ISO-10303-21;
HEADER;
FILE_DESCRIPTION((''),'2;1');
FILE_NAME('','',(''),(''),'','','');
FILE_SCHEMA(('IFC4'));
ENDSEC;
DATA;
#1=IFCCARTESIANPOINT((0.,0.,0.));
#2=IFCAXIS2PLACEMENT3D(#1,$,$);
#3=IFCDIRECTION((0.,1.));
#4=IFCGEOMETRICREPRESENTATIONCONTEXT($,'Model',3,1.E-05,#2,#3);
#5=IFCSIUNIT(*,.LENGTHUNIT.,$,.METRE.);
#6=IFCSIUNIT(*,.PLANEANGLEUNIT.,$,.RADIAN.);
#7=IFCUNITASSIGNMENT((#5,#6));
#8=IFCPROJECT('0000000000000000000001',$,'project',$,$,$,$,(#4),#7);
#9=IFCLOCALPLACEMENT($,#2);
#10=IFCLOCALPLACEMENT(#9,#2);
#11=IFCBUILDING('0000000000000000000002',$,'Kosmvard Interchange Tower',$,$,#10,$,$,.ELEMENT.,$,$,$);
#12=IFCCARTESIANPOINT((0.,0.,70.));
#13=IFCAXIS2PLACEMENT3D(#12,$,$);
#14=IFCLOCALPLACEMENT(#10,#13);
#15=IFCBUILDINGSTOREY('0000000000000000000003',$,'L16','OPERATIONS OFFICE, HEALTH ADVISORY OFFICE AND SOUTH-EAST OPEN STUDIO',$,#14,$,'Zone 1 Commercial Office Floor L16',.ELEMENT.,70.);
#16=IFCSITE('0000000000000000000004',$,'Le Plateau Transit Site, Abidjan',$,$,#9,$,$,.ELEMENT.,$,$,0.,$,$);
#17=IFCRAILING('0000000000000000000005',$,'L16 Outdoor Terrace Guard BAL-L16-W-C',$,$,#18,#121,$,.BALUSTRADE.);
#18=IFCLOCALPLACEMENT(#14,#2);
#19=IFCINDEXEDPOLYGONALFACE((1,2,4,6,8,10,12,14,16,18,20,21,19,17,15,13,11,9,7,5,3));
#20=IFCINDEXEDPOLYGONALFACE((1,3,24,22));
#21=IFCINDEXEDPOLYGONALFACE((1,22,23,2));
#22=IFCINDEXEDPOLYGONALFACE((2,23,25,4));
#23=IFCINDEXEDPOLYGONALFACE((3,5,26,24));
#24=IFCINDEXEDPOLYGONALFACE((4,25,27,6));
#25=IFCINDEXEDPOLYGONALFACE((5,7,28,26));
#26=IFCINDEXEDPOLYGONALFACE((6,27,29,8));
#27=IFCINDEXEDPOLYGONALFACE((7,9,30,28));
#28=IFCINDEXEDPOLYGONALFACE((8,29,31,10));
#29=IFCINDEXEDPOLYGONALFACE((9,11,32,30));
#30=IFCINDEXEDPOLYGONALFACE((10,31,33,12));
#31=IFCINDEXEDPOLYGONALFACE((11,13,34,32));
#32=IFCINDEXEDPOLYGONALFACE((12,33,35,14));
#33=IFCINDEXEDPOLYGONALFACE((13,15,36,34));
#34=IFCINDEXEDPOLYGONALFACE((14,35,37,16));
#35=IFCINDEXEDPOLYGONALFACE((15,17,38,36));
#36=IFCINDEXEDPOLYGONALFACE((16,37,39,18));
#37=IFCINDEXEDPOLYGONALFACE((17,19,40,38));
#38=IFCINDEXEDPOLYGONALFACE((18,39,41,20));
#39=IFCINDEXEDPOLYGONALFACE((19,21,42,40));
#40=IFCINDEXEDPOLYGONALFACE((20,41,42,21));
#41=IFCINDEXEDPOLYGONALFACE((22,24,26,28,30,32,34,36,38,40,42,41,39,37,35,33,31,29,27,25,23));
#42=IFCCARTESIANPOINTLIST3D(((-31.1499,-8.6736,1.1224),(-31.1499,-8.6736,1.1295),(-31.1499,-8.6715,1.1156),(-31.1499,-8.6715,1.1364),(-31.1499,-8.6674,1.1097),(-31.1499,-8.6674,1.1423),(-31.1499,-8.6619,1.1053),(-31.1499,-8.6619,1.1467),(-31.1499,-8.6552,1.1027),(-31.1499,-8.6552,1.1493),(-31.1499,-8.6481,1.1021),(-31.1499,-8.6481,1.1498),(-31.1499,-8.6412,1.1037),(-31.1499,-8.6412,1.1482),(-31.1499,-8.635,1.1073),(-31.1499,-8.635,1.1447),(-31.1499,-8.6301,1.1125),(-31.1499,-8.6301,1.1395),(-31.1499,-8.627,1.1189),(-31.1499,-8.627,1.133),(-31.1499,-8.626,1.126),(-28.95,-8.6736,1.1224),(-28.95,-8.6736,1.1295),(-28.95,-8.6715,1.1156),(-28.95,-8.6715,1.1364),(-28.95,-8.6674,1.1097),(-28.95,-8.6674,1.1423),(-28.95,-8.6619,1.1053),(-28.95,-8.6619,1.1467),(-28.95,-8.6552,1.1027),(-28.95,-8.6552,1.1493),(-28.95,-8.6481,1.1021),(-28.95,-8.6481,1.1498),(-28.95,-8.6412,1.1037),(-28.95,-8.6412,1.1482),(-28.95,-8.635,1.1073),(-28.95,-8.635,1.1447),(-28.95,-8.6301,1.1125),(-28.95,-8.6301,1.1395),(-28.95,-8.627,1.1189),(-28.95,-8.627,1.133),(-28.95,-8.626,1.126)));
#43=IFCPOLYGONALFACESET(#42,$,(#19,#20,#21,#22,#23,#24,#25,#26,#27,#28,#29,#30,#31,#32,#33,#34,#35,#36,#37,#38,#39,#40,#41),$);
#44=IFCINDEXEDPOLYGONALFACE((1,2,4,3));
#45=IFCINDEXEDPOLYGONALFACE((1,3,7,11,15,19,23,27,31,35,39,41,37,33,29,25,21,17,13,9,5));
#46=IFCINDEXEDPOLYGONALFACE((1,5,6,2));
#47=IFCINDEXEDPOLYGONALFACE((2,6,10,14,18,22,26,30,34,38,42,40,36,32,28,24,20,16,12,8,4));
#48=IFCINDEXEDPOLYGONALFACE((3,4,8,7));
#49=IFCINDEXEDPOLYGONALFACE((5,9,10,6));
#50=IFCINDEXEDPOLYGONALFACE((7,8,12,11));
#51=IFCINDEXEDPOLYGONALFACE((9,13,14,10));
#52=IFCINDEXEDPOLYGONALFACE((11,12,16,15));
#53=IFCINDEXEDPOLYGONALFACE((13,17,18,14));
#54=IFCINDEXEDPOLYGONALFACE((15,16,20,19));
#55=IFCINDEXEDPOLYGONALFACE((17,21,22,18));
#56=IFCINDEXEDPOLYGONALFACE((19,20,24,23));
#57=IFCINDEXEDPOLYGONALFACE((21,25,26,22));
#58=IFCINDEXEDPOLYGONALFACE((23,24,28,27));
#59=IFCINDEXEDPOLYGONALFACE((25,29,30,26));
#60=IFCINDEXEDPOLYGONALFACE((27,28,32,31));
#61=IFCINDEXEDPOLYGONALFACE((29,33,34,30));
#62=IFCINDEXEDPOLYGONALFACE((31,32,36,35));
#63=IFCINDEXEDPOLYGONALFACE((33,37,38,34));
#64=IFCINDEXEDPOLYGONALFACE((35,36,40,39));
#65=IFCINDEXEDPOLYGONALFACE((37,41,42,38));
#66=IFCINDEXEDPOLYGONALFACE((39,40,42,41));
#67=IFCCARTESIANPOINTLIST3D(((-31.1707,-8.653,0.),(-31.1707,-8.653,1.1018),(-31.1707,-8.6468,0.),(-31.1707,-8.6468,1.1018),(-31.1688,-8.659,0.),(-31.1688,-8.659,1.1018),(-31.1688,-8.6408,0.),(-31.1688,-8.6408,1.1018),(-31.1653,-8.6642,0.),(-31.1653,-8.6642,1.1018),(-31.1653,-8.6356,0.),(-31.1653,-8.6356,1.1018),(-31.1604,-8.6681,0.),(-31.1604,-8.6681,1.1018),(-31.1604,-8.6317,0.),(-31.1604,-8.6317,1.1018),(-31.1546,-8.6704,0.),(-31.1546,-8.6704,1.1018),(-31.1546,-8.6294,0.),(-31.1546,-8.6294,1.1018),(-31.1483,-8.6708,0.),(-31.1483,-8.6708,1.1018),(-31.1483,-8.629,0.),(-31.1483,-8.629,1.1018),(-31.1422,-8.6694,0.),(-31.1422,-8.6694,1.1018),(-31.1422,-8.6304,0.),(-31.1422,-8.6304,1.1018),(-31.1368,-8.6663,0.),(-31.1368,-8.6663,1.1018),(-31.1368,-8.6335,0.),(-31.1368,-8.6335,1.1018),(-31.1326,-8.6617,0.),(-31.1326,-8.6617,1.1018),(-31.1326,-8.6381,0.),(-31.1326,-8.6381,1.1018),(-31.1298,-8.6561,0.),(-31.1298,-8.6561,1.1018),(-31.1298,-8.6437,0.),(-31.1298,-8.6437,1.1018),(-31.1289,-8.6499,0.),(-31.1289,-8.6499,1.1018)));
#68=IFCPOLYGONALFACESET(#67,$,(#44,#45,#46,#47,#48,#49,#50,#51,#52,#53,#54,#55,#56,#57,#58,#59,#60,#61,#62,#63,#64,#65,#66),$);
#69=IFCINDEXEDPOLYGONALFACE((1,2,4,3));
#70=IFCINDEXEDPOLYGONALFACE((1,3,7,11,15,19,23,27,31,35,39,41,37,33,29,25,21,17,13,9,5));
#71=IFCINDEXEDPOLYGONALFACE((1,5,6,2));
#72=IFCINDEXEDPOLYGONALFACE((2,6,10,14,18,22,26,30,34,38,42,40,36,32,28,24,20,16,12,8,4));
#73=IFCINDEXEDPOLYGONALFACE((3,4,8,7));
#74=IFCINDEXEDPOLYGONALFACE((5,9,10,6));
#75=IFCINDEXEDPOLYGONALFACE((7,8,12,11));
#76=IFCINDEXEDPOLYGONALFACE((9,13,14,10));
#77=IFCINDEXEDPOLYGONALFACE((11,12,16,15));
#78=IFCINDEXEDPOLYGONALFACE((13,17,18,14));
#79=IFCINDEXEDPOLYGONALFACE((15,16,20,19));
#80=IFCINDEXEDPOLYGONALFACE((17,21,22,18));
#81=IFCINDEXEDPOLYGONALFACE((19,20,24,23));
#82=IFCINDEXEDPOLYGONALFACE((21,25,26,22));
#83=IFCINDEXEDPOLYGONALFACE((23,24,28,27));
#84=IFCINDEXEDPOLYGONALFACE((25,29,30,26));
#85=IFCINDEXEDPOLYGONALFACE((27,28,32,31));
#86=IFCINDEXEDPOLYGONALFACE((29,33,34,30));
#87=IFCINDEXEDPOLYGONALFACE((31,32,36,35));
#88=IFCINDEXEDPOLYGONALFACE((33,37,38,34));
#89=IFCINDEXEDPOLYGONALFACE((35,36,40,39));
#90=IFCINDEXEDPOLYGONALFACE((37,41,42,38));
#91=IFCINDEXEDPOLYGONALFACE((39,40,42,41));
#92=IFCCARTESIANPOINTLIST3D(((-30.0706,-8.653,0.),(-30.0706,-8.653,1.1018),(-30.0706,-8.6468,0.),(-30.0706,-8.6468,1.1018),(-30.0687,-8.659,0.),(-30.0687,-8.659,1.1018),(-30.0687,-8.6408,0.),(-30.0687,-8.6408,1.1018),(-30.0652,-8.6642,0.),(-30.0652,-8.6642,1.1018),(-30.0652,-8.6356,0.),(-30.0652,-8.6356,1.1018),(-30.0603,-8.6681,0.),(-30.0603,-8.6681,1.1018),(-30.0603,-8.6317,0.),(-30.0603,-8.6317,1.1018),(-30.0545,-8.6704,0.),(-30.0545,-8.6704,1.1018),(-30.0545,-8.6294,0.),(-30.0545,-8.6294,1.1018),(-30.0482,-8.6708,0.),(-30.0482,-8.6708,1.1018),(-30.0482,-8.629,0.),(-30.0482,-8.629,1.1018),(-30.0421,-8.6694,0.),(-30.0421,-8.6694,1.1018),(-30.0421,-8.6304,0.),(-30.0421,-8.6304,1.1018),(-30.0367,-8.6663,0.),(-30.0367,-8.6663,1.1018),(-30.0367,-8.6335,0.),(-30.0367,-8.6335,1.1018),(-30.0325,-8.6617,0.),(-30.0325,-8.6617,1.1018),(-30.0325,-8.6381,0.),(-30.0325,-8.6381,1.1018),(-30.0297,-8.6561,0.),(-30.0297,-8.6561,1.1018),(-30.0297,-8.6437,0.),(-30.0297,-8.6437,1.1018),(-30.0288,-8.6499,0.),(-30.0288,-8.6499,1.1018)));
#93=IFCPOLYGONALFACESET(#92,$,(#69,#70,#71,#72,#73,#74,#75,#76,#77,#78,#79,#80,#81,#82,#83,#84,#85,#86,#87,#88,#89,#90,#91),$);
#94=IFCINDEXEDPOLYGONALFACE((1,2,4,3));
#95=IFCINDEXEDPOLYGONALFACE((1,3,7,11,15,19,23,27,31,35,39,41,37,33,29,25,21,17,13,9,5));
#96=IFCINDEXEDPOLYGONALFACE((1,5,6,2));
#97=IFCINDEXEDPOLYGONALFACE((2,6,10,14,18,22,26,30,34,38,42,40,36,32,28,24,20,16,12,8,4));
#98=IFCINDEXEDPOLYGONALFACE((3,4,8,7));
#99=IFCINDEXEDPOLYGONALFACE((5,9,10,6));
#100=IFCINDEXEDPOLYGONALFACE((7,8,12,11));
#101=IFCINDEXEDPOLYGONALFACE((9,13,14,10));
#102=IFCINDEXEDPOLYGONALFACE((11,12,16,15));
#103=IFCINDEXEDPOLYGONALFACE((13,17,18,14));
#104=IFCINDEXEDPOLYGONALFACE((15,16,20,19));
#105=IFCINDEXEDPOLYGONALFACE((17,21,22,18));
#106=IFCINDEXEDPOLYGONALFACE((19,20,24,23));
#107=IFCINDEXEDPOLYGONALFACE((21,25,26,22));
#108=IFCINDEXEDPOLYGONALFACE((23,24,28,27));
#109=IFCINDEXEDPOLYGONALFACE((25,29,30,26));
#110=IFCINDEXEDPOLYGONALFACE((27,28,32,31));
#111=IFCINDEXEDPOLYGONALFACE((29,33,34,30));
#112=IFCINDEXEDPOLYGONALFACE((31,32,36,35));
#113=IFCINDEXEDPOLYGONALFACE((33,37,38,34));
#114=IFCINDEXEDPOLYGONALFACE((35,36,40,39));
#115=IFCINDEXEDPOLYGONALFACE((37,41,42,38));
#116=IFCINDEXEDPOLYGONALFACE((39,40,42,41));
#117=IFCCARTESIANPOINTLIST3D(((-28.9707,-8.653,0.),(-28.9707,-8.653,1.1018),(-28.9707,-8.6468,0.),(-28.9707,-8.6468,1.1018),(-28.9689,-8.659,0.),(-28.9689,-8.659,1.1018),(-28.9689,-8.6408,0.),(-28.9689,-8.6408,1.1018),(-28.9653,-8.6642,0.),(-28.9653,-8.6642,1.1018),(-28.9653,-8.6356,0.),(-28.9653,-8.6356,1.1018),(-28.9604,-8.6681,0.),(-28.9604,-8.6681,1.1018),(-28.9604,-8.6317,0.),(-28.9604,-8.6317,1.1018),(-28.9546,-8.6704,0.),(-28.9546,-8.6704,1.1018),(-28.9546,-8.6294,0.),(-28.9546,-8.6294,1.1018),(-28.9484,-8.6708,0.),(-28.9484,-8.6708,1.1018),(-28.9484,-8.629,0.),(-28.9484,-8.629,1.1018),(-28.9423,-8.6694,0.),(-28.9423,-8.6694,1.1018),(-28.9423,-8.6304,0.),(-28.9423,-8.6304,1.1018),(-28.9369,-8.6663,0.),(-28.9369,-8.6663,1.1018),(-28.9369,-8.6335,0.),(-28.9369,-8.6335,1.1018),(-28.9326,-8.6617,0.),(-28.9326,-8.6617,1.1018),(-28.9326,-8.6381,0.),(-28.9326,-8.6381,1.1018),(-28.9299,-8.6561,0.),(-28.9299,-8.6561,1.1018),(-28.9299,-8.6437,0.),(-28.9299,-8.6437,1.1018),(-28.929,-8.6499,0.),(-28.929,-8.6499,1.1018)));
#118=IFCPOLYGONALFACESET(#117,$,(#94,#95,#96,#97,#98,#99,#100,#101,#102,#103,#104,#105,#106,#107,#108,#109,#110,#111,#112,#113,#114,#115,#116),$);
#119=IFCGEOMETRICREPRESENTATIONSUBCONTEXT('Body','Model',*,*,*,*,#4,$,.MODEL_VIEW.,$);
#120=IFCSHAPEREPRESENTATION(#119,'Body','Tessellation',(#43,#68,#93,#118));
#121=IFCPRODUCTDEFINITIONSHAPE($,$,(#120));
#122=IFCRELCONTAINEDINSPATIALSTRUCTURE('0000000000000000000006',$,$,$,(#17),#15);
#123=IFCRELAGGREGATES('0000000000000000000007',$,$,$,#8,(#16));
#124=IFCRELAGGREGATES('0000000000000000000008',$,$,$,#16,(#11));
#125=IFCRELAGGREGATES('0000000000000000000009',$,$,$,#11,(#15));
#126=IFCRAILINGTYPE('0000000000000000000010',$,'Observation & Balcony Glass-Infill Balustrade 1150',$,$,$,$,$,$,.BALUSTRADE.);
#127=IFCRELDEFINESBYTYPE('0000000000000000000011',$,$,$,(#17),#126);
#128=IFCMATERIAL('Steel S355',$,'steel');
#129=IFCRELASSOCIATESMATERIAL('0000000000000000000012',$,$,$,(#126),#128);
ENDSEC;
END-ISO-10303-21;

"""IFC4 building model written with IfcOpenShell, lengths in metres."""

from ifc_helpers import new_model, si_unit, direction, frame, origin, origin_2d, place, context, subcontext, project, spatial, circle, extrude, source, transform, mapped, material, type_object, element, save


model = new_model("IFC4")

# Units and contexts
model_context = context("Model", 3, precision=1e-05, world=origin(), true_north=direction((0.0, 1.0)))
body_context = subcontext(model_context, "Body", "Model", "MODEL_VIEW")
ifc_project = project(units=[si_unit("LENGTHUNIT", "METRE"), si_unit("PLANEANGLEUNIT", "RADIAN")], contexts=[model_context])

# Site, building, storey
site_placement = place(None, origin())
site = spatial("IfcSite", under=ifc_project, at=site_placement, Name="Le Plateau Transit Site, Abidjan", CompositionType="ELEMENT", RefElevation=0.0)
building_placement = place(site_placement, origin())
building = spatial("IfcBuilding", under=site, at=building_placement, Name="Kosmvard Interchange Tower", CompositionType="ELEMENT")
storey_placement = place(building_placement, frame((0.0, 0.0, 70.0)))
storey = spatial("IfcBuildingStorey", under=building, at=storey_placement, Name="L16", Description="OPERATIONS OFFICE, HEALTH ADVISORY OFFICE AND SOUTH-EAST OPEN STUDIO", LongName="Zone 1 Commercial Office Floor L16", CompositionType="ELEMENT", Elevation=70.0)

# Shared definitions
ifc_material_1 = material(Name="Steel S355", Category="steel")

# Railing
railing_type = type_object("IfcRailingType", Name="Observation & Balcony Glass-Infill Balustrade 1150", PredefinedType="BALUSTRADE", material=ifc_material_1)
shared_shape_1 = source(origin(), body_context, "Body", "SweptSolid", [
    extrude(circle(Radius=0.0239, at=origin_2d()), frame((0.0, 0.0, 1.126), z_axis=(1.0, 0.0, 0.0), x_axis=(0.0, 1.0, 0.0)), (0.0, 0.0, 1.0), 2.2),
    extrude(circle(Radius=0.021, at=origin_2d()), origin(), (0.0, 0.0, 1.0), 1.1018),
    extrude(circle(Radius=0.021, at=origin_2d()), frame((1.1001, 0.0, 0.0)), (0.0, 0.0, 1.0), 1.1018),
    extrude(circle(Radius=0.021, at=origin_2d()), frame((2.2, 0.0, 0.0)), (0.0, 0.0, 1.0), 1.1018),
])
railing_1_placement = place(storey_placement, frame((-31.1499, -8.6499, 0.0)))
element("IfcRailing", 1, at=railing_1_placement, inside=storey, type_object=railing_type, Name="L16 Outdoor Terrace Guard BAL-L16-W-C", PredefinedType="BALUSTRADE", context=body_context, shape_type="MappedRepresentation", body=[
    mapped(shared_shape_1, transform((0.0, 0.0, 0.0), scale=1.0)),
])

save(model, "model.ifc")
